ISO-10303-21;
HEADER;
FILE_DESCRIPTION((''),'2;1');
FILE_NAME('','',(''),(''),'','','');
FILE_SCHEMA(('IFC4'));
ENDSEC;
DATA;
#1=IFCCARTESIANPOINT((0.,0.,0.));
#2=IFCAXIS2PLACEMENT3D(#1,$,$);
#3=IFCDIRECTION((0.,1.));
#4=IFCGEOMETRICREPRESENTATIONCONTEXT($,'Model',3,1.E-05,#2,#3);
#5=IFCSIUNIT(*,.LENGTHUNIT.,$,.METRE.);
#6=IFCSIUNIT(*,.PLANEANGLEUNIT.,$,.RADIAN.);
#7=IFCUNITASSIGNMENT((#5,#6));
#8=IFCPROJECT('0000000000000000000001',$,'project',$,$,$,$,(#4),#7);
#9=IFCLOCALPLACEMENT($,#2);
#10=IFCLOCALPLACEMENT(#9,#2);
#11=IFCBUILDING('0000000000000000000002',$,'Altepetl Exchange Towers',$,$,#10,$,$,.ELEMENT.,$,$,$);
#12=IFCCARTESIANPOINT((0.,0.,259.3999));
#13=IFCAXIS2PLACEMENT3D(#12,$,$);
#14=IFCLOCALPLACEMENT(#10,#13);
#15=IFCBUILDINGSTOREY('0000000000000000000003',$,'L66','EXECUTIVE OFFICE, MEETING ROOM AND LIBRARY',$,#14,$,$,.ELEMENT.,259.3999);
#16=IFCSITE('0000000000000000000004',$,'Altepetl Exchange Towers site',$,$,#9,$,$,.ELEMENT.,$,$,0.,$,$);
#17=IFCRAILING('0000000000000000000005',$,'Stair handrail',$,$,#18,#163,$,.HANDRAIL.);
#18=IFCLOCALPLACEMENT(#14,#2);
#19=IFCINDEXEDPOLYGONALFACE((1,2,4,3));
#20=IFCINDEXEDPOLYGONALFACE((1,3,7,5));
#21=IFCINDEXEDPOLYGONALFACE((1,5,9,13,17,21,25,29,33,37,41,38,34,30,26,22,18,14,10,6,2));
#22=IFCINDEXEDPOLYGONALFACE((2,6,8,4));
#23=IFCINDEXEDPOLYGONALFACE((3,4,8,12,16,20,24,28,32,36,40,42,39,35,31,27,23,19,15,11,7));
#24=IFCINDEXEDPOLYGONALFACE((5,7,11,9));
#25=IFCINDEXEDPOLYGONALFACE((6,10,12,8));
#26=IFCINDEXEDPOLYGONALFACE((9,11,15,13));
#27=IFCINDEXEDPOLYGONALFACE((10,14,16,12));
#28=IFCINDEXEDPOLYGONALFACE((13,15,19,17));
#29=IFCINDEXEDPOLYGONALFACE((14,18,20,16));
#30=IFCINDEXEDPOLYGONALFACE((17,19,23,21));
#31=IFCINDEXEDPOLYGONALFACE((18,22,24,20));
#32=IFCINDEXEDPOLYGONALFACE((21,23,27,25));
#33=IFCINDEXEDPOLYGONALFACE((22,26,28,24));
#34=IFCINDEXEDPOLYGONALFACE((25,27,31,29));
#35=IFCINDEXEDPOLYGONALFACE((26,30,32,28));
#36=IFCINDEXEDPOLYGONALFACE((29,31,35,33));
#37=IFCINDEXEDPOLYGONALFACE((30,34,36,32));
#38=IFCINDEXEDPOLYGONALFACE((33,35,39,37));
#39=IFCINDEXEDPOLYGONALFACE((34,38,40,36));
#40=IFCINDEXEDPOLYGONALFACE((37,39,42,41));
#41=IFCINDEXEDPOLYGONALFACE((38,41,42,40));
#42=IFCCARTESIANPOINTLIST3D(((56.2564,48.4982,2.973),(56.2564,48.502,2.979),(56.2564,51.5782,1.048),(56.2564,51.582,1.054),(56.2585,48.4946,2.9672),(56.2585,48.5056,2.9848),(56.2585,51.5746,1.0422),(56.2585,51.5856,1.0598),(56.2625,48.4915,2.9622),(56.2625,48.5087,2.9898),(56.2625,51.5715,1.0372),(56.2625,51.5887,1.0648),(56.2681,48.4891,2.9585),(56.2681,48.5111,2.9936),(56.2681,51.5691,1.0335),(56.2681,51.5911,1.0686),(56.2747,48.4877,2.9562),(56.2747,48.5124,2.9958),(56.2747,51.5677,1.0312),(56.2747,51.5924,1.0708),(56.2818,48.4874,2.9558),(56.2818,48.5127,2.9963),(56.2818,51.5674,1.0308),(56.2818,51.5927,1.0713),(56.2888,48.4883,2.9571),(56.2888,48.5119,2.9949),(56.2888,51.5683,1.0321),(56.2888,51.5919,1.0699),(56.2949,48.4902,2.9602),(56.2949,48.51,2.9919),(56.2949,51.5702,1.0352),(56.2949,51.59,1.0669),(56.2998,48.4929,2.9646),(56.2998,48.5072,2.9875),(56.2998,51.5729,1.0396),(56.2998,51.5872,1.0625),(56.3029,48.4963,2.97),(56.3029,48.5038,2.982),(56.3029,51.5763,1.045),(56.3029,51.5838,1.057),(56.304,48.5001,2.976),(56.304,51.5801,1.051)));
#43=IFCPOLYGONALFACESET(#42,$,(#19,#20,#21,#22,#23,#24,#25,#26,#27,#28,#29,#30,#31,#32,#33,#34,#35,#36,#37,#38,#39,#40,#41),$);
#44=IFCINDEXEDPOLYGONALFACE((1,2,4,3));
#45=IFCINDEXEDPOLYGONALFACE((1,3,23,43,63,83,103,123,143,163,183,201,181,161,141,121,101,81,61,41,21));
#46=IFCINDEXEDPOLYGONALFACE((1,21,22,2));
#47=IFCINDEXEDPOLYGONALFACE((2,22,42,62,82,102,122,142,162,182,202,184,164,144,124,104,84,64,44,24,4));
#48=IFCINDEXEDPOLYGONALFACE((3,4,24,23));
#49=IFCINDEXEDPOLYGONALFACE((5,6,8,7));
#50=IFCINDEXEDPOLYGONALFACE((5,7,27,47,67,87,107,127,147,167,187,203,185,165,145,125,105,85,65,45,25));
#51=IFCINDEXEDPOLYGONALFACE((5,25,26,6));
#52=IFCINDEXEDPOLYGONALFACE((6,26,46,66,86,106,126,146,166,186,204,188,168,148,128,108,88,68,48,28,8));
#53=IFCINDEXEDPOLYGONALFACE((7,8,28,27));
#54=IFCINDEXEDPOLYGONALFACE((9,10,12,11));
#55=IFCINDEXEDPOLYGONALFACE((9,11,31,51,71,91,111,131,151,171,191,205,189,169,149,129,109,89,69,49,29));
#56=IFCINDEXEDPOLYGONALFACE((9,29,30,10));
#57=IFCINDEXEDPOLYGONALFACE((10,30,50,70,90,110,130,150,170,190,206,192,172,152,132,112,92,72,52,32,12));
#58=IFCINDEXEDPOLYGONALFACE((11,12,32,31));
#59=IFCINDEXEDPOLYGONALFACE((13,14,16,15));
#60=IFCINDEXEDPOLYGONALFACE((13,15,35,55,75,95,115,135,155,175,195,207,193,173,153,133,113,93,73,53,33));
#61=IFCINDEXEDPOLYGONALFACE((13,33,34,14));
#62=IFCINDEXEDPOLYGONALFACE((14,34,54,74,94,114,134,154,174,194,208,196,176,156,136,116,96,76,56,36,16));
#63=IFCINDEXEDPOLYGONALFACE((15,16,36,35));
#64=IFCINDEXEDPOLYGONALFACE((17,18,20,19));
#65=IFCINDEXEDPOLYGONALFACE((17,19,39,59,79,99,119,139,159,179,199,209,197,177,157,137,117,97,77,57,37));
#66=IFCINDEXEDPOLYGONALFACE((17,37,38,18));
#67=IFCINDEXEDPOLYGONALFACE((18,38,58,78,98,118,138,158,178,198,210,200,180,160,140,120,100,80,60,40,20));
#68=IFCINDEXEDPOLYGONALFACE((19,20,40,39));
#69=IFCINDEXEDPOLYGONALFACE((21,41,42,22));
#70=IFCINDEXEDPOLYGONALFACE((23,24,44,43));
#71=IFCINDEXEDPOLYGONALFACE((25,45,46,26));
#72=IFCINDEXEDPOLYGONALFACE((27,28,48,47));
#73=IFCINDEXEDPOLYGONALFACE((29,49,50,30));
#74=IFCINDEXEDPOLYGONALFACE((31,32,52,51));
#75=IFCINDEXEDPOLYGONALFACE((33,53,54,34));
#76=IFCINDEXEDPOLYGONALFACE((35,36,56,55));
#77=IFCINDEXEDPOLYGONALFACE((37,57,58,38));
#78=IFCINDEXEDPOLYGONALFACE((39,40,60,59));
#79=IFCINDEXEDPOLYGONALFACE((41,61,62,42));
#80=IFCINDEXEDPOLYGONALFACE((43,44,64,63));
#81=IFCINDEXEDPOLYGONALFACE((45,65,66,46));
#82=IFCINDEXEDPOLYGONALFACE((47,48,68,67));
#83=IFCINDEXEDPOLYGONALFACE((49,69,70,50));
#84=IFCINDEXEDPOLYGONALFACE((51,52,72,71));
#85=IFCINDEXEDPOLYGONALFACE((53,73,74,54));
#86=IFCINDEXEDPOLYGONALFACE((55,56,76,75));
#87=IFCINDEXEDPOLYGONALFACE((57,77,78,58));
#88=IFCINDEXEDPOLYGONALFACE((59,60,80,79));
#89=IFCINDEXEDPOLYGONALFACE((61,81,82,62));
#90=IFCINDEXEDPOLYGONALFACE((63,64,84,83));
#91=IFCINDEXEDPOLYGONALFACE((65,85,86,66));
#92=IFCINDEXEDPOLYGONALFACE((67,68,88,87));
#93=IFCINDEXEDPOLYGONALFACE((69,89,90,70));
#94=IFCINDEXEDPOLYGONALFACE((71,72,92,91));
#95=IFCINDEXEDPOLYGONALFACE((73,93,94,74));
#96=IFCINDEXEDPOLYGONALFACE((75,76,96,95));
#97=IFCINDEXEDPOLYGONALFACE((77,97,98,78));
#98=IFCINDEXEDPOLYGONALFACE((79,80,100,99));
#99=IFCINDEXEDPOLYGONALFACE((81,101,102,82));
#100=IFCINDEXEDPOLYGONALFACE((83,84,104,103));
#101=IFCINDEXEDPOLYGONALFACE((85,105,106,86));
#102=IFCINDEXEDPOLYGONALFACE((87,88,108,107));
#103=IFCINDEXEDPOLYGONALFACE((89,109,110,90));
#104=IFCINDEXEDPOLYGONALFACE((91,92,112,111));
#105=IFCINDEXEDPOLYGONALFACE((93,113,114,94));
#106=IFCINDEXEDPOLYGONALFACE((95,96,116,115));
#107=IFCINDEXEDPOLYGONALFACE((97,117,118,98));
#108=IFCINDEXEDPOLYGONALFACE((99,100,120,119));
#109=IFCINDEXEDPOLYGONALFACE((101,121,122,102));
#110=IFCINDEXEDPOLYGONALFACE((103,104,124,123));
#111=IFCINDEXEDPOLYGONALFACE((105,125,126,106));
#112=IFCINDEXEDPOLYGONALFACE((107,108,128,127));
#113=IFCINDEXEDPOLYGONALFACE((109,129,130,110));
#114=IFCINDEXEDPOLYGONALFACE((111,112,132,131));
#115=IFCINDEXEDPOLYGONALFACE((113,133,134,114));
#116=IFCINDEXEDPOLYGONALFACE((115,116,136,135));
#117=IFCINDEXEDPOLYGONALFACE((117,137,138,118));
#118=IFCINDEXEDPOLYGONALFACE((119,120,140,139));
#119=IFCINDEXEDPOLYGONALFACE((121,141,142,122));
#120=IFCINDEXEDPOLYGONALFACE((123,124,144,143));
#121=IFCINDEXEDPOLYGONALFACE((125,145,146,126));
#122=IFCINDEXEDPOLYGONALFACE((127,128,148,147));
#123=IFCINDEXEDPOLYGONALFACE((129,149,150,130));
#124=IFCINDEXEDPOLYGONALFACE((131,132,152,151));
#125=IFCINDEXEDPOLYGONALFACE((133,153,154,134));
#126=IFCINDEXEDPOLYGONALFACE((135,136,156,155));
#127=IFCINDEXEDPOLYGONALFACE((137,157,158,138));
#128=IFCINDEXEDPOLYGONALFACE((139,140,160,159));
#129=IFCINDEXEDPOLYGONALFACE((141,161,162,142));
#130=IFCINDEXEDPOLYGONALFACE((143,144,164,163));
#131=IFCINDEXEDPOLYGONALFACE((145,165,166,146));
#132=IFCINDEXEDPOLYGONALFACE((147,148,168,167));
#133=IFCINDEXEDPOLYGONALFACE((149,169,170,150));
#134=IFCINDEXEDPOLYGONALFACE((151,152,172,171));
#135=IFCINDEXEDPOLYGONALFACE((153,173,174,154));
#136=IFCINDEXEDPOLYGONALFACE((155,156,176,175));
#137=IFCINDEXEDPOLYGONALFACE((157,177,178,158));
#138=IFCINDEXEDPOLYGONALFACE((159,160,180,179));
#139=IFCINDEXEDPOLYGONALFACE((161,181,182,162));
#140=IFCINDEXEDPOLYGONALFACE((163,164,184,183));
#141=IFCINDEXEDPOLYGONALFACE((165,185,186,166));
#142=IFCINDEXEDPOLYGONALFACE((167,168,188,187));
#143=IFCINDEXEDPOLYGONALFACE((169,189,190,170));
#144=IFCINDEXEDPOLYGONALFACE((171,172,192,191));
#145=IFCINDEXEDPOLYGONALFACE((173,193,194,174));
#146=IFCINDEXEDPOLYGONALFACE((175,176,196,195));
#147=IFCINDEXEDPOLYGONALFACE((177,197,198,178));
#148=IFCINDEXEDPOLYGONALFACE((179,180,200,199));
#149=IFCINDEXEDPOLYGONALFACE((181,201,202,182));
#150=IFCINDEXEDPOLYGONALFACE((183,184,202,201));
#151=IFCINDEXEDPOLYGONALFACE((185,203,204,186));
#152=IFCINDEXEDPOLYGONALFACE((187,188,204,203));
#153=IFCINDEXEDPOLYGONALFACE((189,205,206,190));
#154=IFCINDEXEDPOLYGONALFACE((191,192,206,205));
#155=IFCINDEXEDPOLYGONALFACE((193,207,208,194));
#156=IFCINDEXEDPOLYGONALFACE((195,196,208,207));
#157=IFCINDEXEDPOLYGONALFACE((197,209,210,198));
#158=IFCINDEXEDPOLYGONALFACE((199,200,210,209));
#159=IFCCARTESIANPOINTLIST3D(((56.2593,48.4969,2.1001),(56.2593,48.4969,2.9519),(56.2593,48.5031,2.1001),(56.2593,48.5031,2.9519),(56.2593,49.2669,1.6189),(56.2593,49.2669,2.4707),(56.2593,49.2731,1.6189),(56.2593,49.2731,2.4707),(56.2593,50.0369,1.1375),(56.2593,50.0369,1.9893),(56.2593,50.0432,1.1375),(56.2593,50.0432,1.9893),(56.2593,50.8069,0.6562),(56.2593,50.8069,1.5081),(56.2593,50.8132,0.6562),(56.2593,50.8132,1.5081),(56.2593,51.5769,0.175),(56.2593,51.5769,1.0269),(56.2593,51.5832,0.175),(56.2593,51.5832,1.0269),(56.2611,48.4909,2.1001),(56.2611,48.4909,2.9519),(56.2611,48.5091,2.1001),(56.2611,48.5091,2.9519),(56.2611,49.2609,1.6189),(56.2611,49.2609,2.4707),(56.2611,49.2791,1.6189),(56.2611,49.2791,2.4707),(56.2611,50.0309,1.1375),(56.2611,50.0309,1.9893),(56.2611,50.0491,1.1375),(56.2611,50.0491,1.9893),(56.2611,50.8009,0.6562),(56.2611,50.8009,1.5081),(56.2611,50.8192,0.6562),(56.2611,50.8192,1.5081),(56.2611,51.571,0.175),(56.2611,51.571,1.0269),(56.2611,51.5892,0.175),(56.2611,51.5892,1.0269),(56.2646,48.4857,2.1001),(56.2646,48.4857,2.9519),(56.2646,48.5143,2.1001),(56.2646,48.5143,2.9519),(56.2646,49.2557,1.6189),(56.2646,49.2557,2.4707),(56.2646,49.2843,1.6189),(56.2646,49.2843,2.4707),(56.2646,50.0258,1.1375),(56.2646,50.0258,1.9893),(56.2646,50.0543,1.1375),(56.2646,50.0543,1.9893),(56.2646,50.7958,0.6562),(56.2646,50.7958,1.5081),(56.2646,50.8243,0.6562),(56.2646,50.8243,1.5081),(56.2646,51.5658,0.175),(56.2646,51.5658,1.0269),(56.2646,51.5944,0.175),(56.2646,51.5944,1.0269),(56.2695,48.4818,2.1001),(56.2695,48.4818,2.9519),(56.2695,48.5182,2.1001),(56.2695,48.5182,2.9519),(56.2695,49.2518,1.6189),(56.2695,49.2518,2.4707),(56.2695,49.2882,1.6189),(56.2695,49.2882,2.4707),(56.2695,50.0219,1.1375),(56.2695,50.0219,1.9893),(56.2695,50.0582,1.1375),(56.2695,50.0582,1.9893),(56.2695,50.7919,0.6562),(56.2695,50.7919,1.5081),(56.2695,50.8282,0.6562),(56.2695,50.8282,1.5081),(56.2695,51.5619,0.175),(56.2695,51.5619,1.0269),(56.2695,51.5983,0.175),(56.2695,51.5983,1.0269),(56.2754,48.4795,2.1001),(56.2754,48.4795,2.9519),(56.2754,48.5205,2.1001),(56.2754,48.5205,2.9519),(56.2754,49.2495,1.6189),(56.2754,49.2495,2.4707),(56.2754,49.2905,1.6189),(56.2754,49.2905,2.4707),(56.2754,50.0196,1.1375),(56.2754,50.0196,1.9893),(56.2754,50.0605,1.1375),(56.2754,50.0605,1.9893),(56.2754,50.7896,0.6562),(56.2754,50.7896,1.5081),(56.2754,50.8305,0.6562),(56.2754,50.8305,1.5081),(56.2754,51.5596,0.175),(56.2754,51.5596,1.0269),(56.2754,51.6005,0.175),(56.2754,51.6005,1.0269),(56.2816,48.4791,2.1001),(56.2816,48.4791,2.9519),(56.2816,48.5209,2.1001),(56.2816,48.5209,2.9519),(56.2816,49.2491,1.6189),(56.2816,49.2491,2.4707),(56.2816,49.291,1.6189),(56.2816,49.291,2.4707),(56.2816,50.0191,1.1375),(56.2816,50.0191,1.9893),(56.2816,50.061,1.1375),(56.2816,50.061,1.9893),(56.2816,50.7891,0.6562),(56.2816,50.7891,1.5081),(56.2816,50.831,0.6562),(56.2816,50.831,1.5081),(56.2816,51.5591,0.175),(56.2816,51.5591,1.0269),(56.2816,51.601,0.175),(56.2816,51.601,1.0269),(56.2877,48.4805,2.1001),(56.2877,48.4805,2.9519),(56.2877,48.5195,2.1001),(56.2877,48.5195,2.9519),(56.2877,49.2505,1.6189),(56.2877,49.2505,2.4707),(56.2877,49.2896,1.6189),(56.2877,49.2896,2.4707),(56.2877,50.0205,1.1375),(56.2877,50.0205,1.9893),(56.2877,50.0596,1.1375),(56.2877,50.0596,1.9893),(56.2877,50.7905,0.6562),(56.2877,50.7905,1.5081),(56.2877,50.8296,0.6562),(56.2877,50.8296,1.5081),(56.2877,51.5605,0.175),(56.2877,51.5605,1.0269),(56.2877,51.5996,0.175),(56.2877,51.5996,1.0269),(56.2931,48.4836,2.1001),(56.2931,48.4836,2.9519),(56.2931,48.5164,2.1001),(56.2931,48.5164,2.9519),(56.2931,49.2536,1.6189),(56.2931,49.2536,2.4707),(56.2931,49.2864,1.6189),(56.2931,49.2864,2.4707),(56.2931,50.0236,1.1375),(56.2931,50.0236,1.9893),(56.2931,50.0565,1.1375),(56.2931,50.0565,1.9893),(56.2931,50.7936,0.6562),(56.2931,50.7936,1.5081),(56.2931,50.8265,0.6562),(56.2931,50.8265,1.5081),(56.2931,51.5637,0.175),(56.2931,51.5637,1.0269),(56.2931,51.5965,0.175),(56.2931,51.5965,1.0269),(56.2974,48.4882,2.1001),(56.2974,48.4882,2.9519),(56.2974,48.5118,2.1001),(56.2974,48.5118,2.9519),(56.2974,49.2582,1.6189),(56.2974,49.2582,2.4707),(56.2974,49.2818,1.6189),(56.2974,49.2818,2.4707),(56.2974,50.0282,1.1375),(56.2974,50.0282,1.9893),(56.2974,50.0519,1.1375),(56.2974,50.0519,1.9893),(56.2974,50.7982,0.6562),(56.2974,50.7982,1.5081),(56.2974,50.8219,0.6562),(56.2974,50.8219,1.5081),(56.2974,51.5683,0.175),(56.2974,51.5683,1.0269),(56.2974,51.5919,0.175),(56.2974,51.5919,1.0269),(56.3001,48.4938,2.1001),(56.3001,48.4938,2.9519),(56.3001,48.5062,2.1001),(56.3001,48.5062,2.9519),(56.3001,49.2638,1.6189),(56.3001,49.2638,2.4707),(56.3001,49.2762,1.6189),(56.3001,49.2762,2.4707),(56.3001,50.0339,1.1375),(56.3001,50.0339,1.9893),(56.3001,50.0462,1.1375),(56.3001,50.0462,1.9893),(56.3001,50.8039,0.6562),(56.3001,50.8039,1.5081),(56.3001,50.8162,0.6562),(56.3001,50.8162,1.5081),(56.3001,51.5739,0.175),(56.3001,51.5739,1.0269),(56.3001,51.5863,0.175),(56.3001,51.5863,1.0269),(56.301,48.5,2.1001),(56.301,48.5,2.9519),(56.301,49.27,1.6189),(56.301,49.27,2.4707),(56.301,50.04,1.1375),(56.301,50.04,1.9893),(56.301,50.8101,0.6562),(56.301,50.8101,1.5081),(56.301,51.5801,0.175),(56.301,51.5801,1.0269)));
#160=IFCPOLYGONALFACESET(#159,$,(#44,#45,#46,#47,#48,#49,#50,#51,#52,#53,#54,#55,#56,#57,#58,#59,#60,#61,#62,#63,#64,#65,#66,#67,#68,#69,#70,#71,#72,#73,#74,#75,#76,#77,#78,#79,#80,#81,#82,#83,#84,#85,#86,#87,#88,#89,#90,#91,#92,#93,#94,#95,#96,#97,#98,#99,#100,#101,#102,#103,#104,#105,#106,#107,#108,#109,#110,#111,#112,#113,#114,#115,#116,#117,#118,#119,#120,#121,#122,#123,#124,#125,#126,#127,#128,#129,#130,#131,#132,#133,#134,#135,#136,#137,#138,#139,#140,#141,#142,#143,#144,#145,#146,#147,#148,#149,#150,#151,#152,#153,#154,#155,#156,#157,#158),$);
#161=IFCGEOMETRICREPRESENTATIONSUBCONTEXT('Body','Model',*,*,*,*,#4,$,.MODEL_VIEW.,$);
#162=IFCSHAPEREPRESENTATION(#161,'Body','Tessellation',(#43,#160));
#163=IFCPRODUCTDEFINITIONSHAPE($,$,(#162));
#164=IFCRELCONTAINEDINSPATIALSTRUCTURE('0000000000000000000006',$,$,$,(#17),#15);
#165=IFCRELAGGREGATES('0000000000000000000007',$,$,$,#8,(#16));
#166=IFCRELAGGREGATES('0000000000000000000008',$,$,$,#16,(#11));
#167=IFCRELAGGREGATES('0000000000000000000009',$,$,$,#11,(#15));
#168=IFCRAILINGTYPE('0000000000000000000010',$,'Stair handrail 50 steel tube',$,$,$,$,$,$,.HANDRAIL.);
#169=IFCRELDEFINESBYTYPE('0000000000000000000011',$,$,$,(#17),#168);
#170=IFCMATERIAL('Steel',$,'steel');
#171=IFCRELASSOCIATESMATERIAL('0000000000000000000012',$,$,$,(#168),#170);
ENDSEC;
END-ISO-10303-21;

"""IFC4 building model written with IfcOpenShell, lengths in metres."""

from ifc_helpers import new_model, si_unit, direction, frame, origin, origin_2d, place, context, subcontext, project, spatial, circle, extrude, source, transform, mapped, material, type_object, element, save


model = new_model("IFC4")

# Units and contexts
model_context = context("Model", 3, precision=1e-05, world=origin(), true_north=direction((0.0, 1.0)))
body_context = subcontext(model_context, "Body", "Model", "MODEL_VIEW")
ifc_project = project(units=[si_unit("LENGTHUNIT", "METRE"), si_unit("PLANEANGLEUNIT", "RADIAN")], contexts=[model_context])

# Site, building, storey
site_placement = place(None, origin())
site = spatial("IfcSite", under=ifc_project, at=site_placement, Name="Altepetl Exchange Towers site", CompositionType="ELEMENT", RefElevation=0.0)
building_placement = place(site_placement, origin())
building = spatial("IfcBuilding", under=site, at=building_placement, Name="Altepetl Exchange Towers", CompositionType="ELEMENT")
storey_placement = place(building_placement, frame((0.0, 0.0, 259.3999)))
storey = spatial("IfcBuildingStorey", under=building, at=storey_placement, Name="L66", Description="EXECUTIVE OFFICE, MEETING ROOM AND LIBRARY", CompositionType="ELEMENT", Elevation=259.3999)

# Railing
ifc_material_1 = material(Name="Steel", Category="steel")
railing_type = type_object("IfcRailingType", Name="Stair handrail 50 steel tube", PredefinedType="HANDRAIL", material=ifc_material_1)
shared_shape = source(origin(), body_context, "Body", "SweptSolid", [
    extrude(circle(Radius=0.021, at=origin_2d()), origin(), (0.0, 0.0, 1.0), 0.8518),
])
for number, where, name in (
    (1, (56.28, 51.5801, 0.175), "Stair handrail"),
):
    element("IfcRailing", number, at=place(storey_placement, frame(where)), inside=storey, type_object=railing_type, Name=name, PredefinedType="HANDRAIL", context=body_context, shape_type="SweptSolid", body=[
        extrude(circle(Radius=0.0239, at=origin_2d()), frame((0.0, 0.0, 0.876), z_axis=(0.0, -0.847998, 0.529999), x_axis=(1.0, 0.0, 0.0)), (0.0, 0.0, 1.0), 3.6321),
        mapped(shared_shape, transform((0.0, 0.0, 0.0))),
        mapped(shared_shape, transform((0.0, -0.77, 0.4812))),
        mapped(shared_shape, transform((0.0, -1.54, 0.9624))),
        mapped(shared_shape, transform((0.0, -2.3101, 1.4438))),
        mapped(shared_shape, transform((0.0, -3.0801, 1.925))),
    ])

save(model, "model.ifc")
